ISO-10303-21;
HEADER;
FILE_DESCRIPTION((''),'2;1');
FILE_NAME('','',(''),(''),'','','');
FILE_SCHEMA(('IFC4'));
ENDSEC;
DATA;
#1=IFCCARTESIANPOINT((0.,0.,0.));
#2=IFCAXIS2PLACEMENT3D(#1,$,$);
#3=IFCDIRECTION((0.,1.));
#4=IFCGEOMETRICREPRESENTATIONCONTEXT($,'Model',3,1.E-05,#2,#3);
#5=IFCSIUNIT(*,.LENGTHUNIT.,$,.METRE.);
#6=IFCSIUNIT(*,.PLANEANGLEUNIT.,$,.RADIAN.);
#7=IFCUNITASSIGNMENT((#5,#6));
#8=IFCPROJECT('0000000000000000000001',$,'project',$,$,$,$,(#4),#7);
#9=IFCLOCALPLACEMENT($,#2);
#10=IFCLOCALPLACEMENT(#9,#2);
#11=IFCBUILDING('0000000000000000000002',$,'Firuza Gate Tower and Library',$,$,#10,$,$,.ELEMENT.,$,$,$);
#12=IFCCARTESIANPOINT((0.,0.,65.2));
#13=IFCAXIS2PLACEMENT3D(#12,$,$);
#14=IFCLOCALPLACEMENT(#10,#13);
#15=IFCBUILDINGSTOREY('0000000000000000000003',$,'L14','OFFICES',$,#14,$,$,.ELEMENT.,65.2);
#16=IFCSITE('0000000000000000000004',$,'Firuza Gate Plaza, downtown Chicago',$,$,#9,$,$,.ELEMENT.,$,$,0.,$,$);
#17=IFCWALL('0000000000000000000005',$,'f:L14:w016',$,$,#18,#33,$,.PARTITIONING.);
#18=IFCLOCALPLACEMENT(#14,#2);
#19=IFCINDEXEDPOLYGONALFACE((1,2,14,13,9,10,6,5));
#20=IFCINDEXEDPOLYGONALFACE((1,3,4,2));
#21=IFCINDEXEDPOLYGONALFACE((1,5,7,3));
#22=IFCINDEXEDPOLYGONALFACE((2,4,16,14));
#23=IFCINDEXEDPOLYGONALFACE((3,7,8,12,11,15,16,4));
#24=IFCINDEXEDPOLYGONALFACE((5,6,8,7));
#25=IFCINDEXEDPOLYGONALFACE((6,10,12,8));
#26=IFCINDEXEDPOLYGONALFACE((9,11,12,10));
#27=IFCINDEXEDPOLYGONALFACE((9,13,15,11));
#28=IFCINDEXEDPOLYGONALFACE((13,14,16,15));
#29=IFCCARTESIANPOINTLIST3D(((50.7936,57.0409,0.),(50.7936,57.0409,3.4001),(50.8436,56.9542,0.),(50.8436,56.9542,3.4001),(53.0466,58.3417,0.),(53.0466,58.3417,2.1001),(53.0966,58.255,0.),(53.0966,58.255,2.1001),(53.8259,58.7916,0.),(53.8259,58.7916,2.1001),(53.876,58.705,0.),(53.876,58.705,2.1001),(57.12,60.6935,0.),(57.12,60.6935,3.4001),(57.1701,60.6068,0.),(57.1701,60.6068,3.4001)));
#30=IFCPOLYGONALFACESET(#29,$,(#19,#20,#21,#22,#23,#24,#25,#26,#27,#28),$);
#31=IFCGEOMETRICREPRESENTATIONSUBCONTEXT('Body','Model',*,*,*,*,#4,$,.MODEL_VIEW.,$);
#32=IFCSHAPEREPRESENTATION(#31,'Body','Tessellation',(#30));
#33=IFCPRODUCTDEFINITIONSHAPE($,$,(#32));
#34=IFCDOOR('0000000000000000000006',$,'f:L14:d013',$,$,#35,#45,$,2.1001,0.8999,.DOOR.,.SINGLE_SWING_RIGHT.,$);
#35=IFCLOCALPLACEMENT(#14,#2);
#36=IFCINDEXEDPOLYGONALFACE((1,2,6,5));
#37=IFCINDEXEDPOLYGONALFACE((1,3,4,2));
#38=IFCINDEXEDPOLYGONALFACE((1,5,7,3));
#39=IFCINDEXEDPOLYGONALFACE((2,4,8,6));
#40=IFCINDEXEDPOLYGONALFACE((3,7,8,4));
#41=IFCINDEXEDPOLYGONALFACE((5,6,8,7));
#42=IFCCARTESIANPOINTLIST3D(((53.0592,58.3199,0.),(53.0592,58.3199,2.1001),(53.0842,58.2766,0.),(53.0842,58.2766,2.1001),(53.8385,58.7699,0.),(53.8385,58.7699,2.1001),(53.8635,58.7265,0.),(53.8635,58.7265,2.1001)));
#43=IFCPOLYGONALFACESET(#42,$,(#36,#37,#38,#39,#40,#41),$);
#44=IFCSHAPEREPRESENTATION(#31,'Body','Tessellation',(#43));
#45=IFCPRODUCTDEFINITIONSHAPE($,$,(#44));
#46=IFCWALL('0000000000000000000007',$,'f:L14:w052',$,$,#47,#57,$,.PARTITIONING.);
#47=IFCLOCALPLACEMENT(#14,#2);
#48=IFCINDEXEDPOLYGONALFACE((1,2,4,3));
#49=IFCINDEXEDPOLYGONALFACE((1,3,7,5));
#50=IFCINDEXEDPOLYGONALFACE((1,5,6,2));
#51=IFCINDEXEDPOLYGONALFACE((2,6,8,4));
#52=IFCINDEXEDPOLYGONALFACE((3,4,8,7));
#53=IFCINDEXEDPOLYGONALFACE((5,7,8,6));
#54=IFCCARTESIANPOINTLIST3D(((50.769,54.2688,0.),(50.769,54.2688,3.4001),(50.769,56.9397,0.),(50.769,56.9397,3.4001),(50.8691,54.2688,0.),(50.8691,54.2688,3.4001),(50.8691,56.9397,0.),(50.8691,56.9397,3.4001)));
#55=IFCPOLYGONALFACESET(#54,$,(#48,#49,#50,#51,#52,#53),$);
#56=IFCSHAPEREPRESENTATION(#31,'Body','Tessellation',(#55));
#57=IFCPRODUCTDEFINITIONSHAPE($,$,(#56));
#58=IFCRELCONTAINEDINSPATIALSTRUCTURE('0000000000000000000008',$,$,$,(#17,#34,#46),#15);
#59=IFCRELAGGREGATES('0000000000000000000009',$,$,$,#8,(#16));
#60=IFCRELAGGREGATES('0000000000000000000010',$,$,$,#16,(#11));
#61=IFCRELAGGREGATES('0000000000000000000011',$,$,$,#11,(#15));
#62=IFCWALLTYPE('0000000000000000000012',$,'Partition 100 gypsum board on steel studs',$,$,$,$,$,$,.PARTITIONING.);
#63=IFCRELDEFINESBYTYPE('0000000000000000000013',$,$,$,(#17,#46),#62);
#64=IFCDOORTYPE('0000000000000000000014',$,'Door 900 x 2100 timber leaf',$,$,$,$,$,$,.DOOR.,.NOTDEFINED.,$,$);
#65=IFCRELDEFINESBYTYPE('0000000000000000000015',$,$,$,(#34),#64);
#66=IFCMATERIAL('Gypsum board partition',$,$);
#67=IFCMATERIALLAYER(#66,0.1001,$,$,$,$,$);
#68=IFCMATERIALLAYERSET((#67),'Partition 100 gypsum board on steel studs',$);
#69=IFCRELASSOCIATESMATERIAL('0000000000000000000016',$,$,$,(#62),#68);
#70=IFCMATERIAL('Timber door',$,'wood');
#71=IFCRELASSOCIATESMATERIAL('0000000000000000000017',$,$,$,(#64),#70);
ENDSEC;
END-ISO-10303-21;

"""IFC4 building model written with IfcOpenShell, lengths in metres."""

from ifc_helpers import new_model, si_unit, direction, frame, frame_2d, origin, place, context, subcontext, project, spatial, rectangle, extrude, material, layer, layer_set, type_object, element, fill, save


model = new_model("IFC4")

# Units and contexts
model_context = context("Model", 3, precision=1e-05, world=origin(), true_north=direction((0.0, 1.0)))
body_context = subcontext(model_context, "Body", "Model", "MODEL_VIEW")
ifc_project = project(units=[si_unit("LENGTHUNIT", "METRE"), si_unit("PLANEANGLEUNIT", "RADIAN")], contexts=[model_context])

# Site, building, storey
site_placement = place(None, origin())
site = spatial("IfcSite", under=ifc_project, at=site_placement, Name="Firuza Gate Plaza, downtown Chicago", CompositionType="ELEMENT", RefElevation=0.0)
building_placement = place(site_placement, origin())
building = spatial("IfcBuilding", under=site, at=building_placement, Name="Firuza Gate Tower and Library", CompositionType="ELEMENT")
storey_placement = place(building_placement, frame((0.0, 0.0, 65.2)))
storey = spatial("IfcBuildingStorey", under=building, at=storey_placement, Name="L14", Description="OFFICES", CompositionType="ELEMENT", Elevation=65.2)

# Wall, opening, door
ifc_material_1 = material(Name="Gypsum board partition")
ifc_layer_1 = layer(ifc_material_1, 0.1001)
ifc_layer_set_1 = layer_set([ifc_layer_1], Name="Partition 100 gypsum board on steel studs")
wall_type_1 = type_object("IfcWallType", Name="Partition 100 gypsum board on steel studs", PredefinedType="PARTITIONING", material=ifc_layer_set_1)
wall_1_placement = place(storey_placement, frame((50.8186, 56.9976, 0.0), z_axis=(0.0, 0.0, 1.0), x_axis=(0.866024, 0.500003, 0.0)))
wall_1 = element("IfcWall", 1, at=wall_1_placement, inside=storey, type_object=wall_type_1, Name="f:L14:w016", PredefinedType="PARTITIONING", context=body_context, shape_type="SweptSolid", body=[
    extrude(rectangle(XDim=7.3052, YDim=0.1001, at=frame_2d((3.6526, 0.0))), origin(), (0.0, 0.0, 1.0), 3.4001),
])
opening_placement = place(wall_1_placement, frame((2.6016, 0.0, 0.0)))
opening = element("IfcOpeningElement", 2, at=opening_placement, cuts=wall_1, PredefinedType="OPENING", context=body_context, shape_type="SweptSolid", body=[
    extrude(rectangle(XDim=0.8999, YDim=2.1001, at=frame_2d((0.45, 1.05))), frame((0.0, 0.0601, 0.0), z_axis=(0.0, -1.0, 0.0), x_axis=(1.0, 0.0, 0.0)), (0.0, 0.0, 1.0), 0.1201),
])
ifc_material_2 = material(Name="Timber door", Category="wood")
door_type = type_object("IfcDoorType", Name="Door 900 x 2100 timber leaf", OperationType="NOTDEFINED", PredefinedType="DOOR", material=ifc_material_2)
door_placement = place(opening_placement, origin())
door = element("IfcDoor", 3, at=door_placement, inside=storey, type_object=door_type, Name="f:L14:d013", OperationType="SINGLE_SWING_RIGHT", OverallHeight=2.1001, OverallWidth=0.8999, PredefinedType="DOOR", context=body_context, shape_type="SweptSolid", body=[
    extrude(rectangle(XDim=0.8999, YDim=2.1001, at=frame_2d((0.45, 1.05))), frame((0.0, 0.0249, 0.0), z_axis=(0.0, -1.0, 0.0), x_axis=(1.0, 0.0, 0.0)), (0.0, 0.0, 1.0), 0.05),
])
fill(opening, door)

# Wall
wall_2_placement = place(storey_placement, frame((50.8191, 54.2688, 0.0), z_axis=(0.0, 0.0, 1.0), x_axis=(0.0, 1.0, 0.0)))
element("IfcWall", 4, at=wall_2_placement, inside=storey, type_object=wall_type_1, Name="f:L14:w052", PredefinedType="PARTITIONING", context=body_context, shape_type="SweptSolid", body=[
    extrude(rectangle(XDim=2.6709, YDim=0.1001, at=frame_2d((1.3354, 0.0))), origin(), (0.0, 0.0, 1.0), 3.4001),
])

save(model, "model.ifc")
